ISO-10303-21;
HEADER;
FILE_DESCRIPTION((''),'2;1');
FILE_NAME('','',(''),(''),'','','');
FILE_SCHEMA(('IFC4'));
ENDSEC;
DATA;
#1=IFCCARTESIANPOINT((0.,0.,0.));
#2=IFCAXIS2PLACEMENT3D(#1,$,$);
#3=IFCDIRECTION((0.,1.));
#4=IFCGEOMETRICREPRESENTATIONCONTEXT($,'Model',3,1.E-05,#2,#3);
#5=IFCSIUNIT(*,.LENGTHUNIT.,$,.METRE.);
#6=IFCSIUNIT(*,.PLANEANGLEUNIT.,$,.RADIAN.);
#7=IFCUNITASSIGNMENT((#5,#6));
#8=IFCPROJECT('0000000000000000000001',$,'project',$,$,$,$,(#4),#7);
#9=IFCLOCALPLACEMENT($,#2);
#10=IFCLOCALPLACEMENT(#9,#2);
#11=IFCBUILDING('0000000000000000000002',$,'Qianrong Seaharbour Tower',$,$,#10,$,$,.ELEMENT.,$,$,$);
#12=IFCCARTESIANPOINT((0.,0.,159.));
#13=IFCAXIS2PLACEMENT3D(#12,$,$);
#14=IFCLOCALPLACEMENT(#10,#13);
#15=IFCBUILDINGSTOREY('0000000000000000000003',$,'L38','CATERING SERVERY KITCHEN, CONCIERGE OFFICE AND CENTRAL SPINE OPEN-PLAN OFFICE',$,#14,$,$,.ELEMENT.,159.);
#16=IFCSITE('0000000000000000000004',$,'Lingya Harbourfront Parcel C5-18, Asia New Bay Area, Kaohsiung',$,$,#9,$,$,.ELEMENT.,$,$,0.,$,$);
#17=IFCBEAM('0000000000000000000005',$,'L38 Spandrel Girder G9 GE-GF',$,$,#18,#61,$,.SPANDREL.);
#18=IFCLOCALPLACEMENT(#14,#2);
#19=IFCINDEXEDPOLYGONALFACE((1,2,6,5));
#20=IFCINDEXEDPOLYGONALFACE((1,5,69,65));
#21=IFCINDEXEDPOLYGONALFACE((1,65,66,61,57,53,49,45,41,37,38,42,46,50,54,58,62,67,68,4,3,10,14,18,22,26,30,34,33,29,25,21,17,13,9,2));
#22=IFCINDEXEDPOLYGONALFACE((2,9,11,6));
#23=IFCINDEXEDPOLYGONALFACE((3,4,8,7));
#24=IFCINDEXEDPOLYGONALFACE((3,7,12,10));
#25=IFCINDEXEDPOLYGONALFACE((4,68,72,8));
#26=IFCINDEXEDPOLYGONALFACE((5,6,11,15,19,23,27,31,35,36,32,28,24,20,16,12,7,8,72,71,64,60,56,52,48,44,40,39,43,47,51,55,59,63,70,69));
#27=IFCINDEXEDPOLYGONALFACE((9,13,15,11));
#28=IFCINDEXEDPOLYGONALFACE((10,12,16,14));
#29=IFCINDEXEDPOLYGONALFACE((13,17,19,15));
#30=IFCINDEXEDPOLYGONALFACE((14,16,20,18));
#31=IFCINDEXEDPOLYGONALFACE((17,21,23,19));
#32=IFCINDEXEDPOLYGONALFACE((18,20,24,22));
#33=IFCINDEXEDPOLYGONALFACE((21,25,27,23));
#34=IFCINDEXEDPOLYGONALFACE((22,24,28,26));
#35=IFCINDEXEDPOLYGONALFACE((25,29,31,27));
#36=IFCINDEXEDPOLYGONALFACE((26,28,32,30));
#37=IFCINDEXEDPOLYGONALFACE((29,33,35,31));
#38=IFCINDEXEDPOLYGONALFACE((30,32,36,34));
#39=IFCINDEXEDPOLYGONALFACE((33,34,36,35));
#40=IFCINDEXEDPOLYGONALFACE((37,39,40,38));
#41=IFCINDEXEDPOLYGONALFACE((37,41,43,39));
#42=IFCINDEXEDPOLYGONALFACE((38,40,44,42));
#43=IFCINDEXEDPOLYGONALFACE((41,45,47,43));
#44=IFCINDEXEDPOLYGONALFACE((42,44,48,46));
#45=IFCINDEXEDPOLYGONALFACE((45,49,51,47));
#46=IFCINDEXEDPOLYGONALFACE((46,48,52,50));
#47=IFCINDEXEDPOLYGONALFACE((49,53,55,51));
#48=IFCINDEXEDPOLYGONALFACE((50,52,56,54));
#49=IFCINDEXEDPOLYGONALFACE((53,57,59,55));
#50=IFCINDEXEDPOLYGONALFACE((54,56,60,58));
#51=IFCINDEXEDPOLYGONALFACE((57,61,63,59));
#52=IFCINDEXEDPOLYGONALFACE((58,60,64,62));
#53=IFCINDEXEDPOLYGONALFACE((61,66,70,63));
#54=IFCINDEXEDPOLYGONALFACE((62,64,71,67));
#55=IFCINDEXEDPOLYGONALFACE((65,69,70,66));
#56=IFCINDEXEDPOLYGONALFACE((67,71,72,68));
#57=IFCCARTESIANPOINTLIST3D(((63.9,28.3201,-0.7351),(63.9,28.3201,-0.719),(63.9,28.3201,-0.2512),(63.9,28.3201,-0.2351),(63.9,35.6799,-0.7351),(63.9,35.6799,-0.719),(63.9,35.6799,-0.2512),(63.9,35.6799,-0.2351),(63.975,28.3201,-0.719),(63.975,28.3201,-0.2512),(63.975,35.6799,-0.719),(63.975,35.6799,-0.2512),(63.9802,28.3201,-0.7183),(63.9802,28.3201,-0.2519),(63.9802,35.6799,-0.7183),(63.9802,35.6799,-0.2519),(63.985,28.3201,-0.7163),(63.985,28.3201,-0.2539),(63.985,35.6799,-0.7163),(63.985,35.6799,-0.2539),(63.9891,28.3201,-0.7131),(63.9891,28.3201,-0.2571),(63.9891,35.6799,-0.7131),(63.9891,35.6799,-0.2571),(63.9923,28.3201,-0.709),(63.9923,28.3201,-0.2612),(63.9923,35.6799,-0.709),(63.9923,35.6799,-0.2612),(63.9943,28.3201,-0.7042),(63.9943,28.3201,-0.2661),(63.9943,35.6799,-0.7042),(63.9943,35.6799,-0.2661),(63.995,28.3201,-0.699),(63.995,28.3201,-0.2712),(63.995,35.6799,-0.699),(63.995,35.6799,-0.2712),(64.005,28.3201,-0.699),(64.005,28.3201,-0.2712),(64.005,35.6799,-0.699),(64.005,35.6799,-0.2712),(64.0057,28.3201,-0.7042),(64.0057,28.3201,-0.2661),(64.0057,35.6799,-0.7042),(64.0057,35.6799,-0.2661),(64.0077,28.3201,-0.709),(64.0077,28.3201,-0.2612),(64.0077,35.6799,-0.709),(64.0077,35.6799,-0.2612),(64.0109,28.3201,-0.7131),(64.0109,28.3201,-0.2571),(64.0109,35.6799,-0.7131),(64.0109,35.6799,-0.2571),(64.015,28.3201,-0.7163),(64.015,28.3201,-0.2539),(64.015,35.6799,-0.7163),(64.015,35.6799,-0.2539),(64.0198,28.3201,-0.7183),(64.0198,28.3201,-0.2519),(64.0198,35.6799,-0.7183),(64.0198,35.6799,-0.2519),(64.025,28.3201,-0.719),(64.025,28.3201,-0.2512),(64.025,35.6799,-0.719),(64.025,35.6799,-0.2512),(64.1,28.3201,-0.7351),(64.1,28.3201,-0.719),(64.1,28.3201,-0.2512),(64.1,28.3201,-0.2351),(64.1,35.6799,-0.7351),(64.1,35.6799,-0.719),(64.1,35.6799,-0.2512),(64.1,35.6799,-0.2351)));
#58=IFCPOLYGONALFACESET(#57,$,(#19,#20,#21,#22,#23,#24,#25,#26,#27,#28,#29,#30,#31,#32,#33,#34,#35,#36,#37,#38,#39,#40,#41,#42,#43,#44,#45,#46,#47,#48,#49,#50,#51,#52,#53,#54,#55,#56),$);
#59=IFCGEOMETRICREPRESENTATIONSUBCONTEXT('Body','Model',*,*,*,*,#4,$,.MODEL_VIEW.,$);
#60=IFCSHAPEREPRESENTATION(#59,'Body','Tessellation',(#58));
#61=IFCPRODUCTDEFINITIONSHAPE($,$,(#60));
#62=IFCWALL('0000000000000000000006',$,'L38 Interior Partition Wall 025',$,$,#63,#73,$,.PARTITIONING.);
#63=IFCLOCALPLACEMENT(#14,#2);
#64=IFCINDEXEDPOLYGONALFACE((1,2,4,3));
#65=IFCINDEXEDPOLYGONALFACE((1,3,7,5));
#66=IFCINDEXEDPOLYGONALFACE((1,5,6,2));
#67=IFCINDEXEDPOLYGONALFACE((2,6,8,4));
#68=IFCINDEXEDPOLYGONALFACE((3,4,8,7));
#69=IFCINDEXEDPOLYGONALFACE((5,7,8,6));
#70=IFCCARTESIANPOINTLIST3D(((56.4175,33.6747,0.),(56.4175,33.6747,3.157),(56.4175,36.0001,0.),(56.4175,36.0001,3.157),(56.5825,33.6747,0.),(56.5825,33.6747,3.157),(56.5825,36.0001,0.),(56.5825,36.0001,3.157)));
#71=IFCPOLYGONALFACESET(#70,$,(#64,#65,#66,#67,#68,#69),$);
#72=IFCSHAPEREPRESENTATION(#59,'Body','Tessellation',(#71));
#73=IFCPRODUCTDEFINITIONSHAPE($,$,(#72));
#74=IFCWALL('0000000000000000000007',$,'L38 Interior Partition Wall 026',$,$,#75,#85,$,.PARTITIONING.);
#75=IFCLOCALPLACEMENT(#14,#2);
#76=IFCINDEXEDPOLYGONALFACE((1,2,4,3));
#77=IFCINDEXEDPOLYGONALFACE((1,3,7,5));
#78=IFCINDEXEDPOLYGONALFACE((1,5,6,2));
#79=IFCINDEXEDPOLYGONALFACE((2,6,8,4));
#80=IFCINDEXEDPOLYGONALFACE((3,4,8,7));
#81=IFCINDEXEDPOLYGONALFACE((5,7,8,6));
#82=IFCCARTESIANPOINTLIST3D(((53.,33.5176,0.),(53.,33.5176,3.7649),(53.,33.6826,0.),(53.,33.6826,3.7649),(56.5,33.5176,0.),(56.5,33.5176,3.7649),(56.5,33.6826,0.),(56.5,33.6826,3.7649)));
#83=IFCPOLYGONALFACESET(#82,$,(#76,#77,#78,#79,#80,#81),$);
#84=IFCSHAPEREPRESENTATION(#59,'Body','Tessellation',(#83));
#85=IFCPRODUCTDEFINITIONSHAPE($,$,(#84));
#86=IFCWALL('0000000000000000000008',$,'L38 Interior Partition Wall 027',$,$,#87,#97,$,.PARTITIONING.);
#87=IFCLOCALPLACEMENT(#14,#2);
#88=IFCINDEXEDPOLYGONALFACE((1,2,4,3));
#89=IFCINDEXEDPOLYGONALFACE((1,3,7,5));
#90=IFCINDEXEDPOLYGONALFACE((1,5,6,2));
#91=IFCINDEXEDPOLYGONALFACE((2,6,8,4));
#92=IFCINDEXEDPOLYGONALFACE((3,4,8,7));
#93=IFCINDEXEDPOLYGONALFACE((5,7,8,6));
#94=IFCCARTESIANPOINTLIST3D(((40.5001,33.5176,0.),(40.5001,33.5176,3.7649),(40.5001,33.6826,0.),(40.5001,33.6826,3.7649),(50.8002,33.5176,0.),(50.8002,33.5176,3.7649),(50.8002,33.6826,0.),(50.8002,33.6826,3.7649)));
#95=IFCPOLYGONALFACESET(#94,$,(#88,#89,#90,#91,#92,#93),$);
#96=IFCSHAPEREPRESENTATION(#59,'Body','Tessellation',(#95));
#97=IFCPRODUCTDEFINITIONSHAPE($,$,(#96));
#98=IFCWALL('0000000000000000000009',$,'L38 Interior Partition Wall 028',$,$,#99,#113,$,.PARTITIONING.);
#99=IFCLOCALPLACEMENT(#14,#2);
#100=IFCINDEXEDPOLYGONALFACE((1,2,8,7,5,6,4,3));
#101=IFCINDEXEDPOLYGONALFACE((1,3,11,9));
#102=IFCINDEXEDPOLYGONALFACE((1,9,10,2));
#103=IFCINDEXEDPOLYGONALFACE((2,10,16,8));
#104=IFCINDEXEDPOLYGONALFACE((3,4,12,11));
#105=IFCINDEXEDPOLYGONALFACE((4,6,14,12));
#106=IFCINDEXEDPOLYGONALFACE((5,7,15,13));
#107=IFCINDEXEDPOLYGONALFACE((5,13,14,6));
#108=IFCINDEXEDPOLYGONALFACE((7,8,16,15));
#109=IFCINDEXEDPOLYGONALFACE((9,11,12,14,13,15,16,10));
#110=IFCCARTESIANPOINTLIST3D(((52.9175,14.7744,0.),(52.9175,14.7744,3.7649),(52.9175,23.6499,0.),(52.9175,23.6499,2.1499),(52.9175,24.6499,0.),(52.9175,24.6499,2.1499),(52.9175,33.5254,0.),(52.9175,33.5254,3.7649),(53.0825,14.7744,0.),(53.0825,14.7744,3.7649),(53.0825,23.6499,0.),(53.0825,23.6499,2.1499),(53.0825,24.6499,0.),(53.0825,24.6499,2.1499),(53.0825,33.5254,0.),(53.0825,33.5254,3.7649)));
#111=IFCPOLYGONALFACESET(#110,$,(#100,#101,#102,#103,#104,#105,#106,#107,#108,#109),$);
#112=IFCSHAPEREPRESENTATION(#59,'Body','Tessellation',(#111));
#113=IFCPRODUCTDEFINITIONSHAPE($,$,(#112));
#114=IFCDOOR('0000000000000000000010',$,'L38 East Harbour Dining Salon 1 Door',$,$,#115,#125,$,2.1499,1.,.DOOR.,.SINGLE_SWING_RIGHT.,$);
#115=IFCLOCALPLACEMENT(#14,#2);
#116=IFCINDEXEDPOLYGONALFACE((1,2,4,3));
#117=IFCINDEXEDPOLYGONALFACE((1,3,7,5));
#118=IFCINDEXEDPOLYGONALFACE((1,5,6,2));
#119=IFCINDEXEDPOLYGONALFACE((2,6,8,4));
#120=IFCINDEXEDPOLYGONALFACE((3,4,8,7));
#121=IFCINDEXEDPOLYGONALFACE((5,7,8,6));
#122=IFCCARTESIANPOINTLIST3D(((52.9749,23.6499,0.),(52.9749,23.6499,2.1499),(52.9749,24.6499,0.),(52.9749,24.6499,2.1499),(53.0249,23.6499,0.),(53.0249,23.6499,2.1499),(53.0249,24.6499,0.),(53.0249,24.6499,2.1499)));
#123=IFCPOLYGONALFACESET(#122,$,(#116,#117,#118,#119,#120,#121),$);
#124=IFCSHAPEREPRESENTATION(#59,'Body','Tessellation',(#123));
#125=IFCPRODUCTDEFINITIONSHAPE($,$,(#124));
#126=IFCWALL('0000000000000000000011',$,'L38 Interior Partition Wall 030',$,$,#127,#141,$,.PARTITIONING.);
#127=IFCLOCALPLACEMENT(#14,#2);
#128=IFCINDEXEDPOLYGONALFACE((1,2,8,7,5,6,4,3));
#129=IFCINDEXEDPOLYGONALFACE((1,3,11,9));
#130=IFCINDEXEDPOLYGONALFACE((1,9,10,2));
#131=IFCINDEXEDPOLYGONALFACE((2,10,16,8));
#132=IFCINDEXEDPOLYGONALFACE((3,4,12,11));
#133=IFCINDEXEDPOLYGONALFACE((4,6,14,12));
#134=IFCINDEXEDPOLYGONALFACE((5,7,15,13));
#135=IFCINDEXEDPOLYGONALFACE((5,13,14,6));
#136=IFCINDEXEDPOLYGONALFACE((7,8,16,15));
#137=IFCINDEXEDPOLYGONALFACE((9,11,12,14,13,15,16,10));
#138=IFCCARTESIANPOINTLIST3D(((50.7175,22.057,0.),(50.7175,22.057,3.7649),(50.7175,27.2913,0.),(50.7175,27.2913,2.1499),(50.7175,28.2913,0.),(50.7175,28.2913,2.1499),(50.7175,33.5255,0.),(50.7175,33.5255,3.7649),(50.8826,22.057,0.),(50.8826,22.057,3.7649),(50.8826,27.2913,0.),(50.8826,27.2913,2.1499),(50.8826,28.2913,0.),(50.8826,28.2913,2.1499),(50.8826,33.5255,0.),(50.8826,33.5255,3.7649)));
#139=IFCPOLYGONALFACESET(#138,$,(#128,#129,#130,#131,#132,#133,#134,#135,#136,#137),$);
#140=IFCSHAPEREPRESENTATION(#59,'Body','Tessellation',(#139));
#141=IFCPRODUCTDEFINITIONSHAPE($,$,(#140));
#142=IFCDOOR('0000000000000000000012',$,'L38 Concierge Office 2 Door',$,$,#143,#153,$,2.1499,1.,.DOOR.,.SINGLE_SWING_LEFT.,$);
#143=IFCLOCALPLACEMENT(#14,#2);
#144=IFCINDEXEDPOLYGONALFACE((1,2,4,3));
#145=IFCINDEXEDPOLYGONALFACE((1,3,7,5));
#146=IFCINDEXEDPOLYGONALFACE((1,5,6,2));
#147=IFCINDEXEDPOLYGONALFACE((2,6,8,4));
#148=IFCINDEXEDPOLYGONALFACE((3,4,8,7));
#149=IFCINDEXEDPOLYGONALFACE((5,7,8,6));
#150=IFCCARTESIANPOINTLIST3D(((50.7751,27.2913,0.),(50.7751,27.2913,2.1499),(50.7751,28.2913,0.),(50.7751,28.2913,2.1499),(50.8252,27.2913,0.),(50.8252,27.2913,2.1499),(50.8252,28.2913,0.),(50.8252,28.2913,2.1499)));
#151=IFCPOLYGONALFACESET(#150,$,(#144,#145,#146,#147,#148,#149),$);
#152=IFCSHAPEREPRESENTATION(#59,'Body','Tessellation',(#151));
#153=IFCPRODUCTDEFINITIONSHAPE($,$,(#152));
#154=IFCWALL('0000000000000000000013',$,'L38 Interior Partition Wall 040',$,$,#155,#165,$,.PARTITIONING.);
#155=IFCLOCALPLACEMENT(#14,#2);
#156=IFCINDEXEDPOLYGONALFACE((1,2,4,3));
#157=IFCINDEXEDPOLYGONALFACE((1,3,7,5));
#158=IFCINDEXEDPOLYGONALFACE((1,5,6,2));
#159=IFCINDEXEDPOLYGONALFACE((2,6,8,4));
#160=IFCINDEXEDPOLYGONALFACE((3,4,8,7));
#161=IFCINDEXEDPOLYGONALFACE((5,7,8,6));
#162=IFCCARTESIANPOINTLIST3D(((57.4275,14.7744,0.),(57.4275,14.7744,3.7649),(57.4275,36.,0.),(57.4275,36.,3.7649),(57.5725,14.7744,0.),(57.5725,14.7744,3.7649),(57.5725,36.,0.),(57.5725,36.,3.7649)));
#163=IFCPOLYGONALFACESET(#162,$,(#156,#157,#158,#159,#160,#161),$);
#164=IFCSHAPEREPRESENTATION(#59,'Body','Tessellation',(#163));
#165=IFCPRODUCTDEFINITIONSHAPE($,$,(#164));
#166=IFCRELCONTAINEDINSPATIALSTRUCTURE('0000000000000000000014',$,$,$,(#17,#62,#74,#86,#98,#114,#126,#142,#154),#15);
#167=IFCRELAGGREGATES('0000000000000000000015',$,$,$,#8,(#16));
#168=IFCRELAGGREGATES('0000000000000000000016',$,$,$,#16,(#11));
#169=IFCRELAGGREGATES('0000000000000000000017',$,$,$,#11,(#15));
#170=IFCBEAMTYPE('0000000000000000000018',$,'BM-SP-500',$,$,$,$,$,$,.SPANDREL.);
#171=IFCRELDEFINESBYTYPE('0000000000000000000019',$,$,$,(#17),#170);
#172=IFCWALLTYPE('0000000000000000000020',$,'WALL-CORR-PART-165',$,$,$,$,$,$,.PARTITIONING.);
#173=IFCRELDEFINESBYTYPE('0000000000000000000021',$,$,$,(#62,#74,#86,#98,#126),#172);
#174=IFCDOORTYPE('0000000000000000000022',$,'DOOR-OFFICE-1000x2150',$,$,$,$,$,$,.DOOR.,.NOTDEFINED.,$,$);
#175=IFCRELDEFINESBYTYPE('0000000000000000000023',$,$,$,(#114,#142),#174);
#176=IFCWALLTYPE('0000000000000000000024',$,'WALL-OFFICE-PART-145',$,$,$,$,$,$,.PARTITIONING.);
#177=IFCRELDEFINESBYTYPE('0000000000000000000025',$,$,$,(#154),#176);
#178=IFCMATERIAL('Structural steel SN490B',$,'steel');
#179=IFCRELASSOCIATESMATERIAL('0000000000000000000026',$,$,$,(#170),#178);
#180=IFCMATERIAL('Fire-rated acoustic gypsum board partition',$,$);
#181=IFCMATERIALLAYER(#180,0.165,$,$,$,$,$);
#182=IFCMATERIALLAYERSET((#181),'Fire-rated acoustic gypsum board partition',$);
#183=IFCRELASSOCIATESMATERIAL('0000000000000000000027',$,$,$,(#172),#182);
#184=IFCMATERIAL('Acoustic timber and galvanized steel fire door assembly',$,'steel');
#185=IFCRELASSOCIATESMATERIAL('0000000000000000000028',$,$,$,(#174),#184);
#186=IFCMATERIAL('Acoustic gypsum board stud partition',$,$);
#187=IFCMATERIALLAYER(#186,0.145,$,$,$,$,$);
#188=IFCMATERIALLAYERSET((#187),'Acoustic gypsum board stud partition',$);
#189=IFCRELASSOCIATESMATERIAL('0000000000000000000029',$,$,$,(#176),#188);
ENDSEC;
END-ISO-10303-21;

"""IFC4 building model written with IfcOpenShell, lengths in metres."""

from ifc_helpers import new_model, si_unit, direction, frame, frame_2d, origin, origin_2d, place, context, subcontext, project, spatial, rectangle, i_section, extrude, material, layer, layer_set, material_profile, profile_set, type_object, element, fill, save


model = new_model("IFC4")

# Units and contexts
model_context = context("Model", 3, precision=1e-05, world=origin(), true_north=direction((0.0, 1.0)))
body_context = subcontext(model_context, "Body", "Model", "MODEL_VIEW")
ifc_project = project(units=[si_unit("LENGTHUNIT", "METRE"), si_unit("PLANEANGLEUNIT", "RADIAN")], contexts=[model_context])

# Site, building, storey
site_placement = place(None, origin())
site = spatial("IfcSite", under=ifc_project, at=site_placement, Name="Lingya Harbourfront Parcel C5-18, Asia New Bay Area, Kaohsiung", CompositionType="ELEMENT", RefElevation=0.0)
building_placement = place(site_placement, origin())
building = spatial("IfcBuilding", under=site, at=building_placement, Name="Qianrong Seaharbour Tower", CompositionType="ELEMENT")
storey_placement = place(building_placement, frame((0.0, 0.0, 159.0)))
storey = spatial("IfcBuildingStorey", under=building, at=storey_placement, Name="L38", Description="CATERING SERVERY KITCHEN, CONCIERGE OFFICE AND CENTRAL SPINE OPEN-PLAN OFFICE", CompositionType="ELEMENT", Elevation=159.0)

# Shared definitions
ifc_material_1 = material(Name="Structural steel SN490B", Category="steel")

# Beam
ifc_material_profile_1 = material_profile(ifc_material_1, i_section(OverallWidth=0.2, OverallDepth=0.5, WebThickness=0.01, FlangeThickness=0.0161, FilletRadius=0.02, at=origin_2d()), Name="H500x200x10x16")
ifc_profile_set_1 = profile_set([ifc_material_profile_1], Name="Structural steel SN490B")
beam_type_1 = type_object("IfcBeamType", Name="BM-SP-500", PredefinedType="SPANDREL", material=ifc_profile_set_1)
beam_1_placement = place(storey_placement, frame((64.0, 28.3201, -0.4851), z_axis=(0.0, 1.0, 0.0), x_axis=(-1.0, 0.0, 0.0)))
element("IfcBeam", 1, at=beam_1_placement, inside=storey, type_object=beam_type_1, Name="L38 Spandrel Girder G9 GE-GF", PredefinedType="SPANDREL", context=body_context, shape_type="SweptSolid", body=[
    extrude(i_section(OverallWidth=0.2, OverallDepth=0.5, WebThickness=0.01, FlangeThickness=0.0161, FilletRadius=0.02, at=origin_2d()), origin(), (0.0, 0.0, 1.0), 7.3599),
])

# Walls
ifc_material_2 = material(Name="Fire-rated acoustic gypsum board partition")
ifc_layer_1 = layer(ifc_material_2, 0.165)
ifc_layer_set_1 = layer_set([ifc_layer_1], Name="Fire-rated acoustic gypsum board partition")
wall_type_1 = type_object("IfcWallType", Name="WALL-CORR-PART-165", PredefinedType="PARTITIONING", material=ifc_layer_set_1)
wall_1_placement = place(storey_placement, frame((56.5, 36.0, 0.0), z_axis=(0.0, 0.0, 1.0), x_axis=(0.0, -1.0, 0.0)))
element("IfcWall", 2, at=wall_1_placement, inside=storey, type_object=wall_type_1, Name="L38 Interior Partition Wall 025", PredefinedType="PARTITIONING", context=body_context, shape_type="SweptSolid", body=[
    extrude(rectangle(XDim=2.3254, YDim=0.165, at=frame_2d((1.1626, 0.0))), origin(), (0.0, 0.0, 1.0), 3.157),
])
wall_2_placement = place(storey_placement, frame((56.5, 33.6001, 0.0), z_axis=(0.0, 0.0, 1.0), x_axis=(-1.0, 0.0, 0.0)))
element("IfcWall", 3, at=wall_2_placement, inside=storey, type_object=wall_type_1, Name="L38 Interior Partition Wall 026", PredefinedType="PARTITIONING", context=body_context, shape_type="SweptSolid", body=[
    extrude(rectangle(XDim=3.5, YDim=0.165, at=frame_2d((1.75, 0.0))), origin(), (0.0, 0.0, 1.0), 3.7649),
])
wall_3_placement = place(storey_placement, frame((50.8, 33.6001, 0.0), z_axis=(0.0, 0.0, 1.0), x_axis=(-1.0, 0.0, 0.0)))
element("IfcWall", 4, at=wall_3_placement, inside=storey, type_object=wall_type_1, Name="L38 Interior Partition Wall 027", PredefinedType="PARTITIONING", context=body_context, shape_type="SweptSolid", body=[
    extrude(rectangle(XDim=10.3, YDim=0.165, at=frame_2d((5.1499, 0.0))), origin(), (0.0, 0.0, 1.0), 3.7649),
])

# Walls, openings, doors
wall_4_placement = place(storey_placement, frame((53.0, 33.5254, 0.0), z_axis=(0.0, 0.0, 1.0), x_axis=(0.0, -1.0, 0.0)))
wall_4 = element("IfcWall", 5, at=wall_4_placement, inside=storey, type_object=wall_type_1, Name="L38 Interior Partition Wall 028", PredefinedType="PARTITIONING", context=body_context, shape_type="SweptSolid", body=[
    extrude(rectangle(XDim=18.751, YDim=0.165, at=frame_2d((9.3755, 0.0))), origin(), (0.0, 0.0, 1.0), 3.7649),
])
opening_1_placement = place(wall_4_placement, frame((8.8755, 0.0, 0.0)))
opening_1 = element("IfcOpeningElement", 6, at=opening_1_placement, cuts=wall_4, PredefinedType="OPENING", context=body_context, shape_type="SweptSolid", body=[
    extrude(rectangle(XDim=1.0, YDim=2.1499, at=frame_2d((0.5, 1.075))), frame((0.0, 0.0925, 0.0), z_axis=(0.0, -1.0, 0.0), x_axis=(1.0, 0.0, 0.0)), (0.0, 0.0, 1.0), 0.1851),
])
ifc_material_3 = material(Name="Acoustic timber and galvanized steel fire door assembly", Category="steel")
door_type = type_object("IfcDoorType", Name="DOOR-OFFICE-1000x2150", OperationType="NOTDEFINED", PredefinedType="DOOR", material=ifc_material_3)
door_1_placement = place(opening_1_placement, origin())
door_1 = element("IfcDoor", 7, at=door_1_placement, inside=storey, type_object=door_type, Name="L38 East Harbour Dining Salon 1 Door", OperationType="SINGLE_SWING_RIGHT", OverallHeight=2.1499, OverallWidth=1.0, PredefinedType="DOOR", context=body_context, shape_type="SweptSolid", body=[
    extrude(rectangle(XDim=1.0, YDim=2.1499, at=frame_2d((0.5, 1.075))), frame((0.0, 0.0249, 0.0), z_axis=(0.0, -1.0, 0.0), x_axis=(1.0, 0.0, 0.0)), (0.0, 0.0, 1.0), 0.05),
])
fill(opening_1, door_1)
wall_5_placement = place(storey_placement, frame((50.8, 22.0569, 0.0), z_axis=(0.0, 0.0, 1.0), x_axis=(0.0, 1.0, 0.0)))
wall_5 = element("IfcWall", 8, at=wall_5_placement, inside=storey, type_object=wall_type_1, Name="L38 Interior Partition Wall 030", PredefinedType="PARTITIONING", context=body_context, shape_type="SweptSolid", body=[
    extrude(rectangle(XDim=11.4685, YDim=0.165, at=frame_2d((5.7344, 0.0))), origin(), (0.0, 0.0, 1.0), 3.7649),
])
opening_2_placement = place(wall_5_placement, frame((5.2344, 0.0, 0.0)))
opening_2 = element("IfcOpeningElement", 9, at=opening_2_placement, cuts=wall_5, PredefinedType="OPENING", context=body_context, shape_type="SweptSolid", body=[
    extrude(rectangle(XDim=1.0, YDim=2.1499, at=frame_2d((0.5, 1.075))), frame((0.0, 0.0925, 0.0), z_axis=(0.0, -1.0, 0.0), x_axis=(1.0, 0.0, 0.0)), (0.0, 0.0, 1.0), 0.1851),
])
door_2_placement = place(opening_2_placement, origin())
door_2 = element("IfcDoor", 10, at=door_2_placement, inside=storey, type_object=door_type, Name="L38 Concierge Office 2 Door", OperationType="SINGLE_SWING_LEFT", OverallHeight=2.1499, OverallWidth=1.0, PredefinedType="DOOR", context=body_context, shape_type="SweptSolid", body=[
    extrude(rectangle(XDim=1.0, YDim=2.1499, at=frame_2d((0.5, 1.075))), frame((0.0, 0.0249, 0.0), z_axis=(0.0, -1.0, 0.0), x_axis=(1.0, 0.0, 0.0)), (0.0, 0.0, 1.0), 0.05),
])
fill(opening_2, door_2)

# Wall
ifc_material_4 = material(Name="Acoustic gypsum board stud partition")
ifc_layer_2 = layer(ifc_material_4, 0.145)
ifc_layer_set_2 = layer_set([ifc_layer_2], Name="Acoustic gypsum board stud partition")
wall_type_2 = type_object("IfcWallType", Name="WALL-OFFICE-PART-145", PredefinedType="PARTITIONING", material=ifc_layer_set_2)
wall_6_placement = place(storey_placement, frame((57.5, 36.0, 0.0), z_axis=(0.0, 0.0, 1.0), x_axis=(0.0, -1.0, 0.0)))
element("IfcWall", 11, at=wall_6_placement, inside=storey, type_object=wall_type_2, Name="L38 Interior Partition Wall 040", PredefinedType="PARTITIONING", context=body_context, shape_type="SweptSolid", body=[
    extrude(rectangle(XDim=21.2256, YDim=0.145, at=frame_2d((10.6128, 0.0))), origin(), (0.0, 0.0, 1.0), 3.7649),
])

save(model, "model.ifc")
